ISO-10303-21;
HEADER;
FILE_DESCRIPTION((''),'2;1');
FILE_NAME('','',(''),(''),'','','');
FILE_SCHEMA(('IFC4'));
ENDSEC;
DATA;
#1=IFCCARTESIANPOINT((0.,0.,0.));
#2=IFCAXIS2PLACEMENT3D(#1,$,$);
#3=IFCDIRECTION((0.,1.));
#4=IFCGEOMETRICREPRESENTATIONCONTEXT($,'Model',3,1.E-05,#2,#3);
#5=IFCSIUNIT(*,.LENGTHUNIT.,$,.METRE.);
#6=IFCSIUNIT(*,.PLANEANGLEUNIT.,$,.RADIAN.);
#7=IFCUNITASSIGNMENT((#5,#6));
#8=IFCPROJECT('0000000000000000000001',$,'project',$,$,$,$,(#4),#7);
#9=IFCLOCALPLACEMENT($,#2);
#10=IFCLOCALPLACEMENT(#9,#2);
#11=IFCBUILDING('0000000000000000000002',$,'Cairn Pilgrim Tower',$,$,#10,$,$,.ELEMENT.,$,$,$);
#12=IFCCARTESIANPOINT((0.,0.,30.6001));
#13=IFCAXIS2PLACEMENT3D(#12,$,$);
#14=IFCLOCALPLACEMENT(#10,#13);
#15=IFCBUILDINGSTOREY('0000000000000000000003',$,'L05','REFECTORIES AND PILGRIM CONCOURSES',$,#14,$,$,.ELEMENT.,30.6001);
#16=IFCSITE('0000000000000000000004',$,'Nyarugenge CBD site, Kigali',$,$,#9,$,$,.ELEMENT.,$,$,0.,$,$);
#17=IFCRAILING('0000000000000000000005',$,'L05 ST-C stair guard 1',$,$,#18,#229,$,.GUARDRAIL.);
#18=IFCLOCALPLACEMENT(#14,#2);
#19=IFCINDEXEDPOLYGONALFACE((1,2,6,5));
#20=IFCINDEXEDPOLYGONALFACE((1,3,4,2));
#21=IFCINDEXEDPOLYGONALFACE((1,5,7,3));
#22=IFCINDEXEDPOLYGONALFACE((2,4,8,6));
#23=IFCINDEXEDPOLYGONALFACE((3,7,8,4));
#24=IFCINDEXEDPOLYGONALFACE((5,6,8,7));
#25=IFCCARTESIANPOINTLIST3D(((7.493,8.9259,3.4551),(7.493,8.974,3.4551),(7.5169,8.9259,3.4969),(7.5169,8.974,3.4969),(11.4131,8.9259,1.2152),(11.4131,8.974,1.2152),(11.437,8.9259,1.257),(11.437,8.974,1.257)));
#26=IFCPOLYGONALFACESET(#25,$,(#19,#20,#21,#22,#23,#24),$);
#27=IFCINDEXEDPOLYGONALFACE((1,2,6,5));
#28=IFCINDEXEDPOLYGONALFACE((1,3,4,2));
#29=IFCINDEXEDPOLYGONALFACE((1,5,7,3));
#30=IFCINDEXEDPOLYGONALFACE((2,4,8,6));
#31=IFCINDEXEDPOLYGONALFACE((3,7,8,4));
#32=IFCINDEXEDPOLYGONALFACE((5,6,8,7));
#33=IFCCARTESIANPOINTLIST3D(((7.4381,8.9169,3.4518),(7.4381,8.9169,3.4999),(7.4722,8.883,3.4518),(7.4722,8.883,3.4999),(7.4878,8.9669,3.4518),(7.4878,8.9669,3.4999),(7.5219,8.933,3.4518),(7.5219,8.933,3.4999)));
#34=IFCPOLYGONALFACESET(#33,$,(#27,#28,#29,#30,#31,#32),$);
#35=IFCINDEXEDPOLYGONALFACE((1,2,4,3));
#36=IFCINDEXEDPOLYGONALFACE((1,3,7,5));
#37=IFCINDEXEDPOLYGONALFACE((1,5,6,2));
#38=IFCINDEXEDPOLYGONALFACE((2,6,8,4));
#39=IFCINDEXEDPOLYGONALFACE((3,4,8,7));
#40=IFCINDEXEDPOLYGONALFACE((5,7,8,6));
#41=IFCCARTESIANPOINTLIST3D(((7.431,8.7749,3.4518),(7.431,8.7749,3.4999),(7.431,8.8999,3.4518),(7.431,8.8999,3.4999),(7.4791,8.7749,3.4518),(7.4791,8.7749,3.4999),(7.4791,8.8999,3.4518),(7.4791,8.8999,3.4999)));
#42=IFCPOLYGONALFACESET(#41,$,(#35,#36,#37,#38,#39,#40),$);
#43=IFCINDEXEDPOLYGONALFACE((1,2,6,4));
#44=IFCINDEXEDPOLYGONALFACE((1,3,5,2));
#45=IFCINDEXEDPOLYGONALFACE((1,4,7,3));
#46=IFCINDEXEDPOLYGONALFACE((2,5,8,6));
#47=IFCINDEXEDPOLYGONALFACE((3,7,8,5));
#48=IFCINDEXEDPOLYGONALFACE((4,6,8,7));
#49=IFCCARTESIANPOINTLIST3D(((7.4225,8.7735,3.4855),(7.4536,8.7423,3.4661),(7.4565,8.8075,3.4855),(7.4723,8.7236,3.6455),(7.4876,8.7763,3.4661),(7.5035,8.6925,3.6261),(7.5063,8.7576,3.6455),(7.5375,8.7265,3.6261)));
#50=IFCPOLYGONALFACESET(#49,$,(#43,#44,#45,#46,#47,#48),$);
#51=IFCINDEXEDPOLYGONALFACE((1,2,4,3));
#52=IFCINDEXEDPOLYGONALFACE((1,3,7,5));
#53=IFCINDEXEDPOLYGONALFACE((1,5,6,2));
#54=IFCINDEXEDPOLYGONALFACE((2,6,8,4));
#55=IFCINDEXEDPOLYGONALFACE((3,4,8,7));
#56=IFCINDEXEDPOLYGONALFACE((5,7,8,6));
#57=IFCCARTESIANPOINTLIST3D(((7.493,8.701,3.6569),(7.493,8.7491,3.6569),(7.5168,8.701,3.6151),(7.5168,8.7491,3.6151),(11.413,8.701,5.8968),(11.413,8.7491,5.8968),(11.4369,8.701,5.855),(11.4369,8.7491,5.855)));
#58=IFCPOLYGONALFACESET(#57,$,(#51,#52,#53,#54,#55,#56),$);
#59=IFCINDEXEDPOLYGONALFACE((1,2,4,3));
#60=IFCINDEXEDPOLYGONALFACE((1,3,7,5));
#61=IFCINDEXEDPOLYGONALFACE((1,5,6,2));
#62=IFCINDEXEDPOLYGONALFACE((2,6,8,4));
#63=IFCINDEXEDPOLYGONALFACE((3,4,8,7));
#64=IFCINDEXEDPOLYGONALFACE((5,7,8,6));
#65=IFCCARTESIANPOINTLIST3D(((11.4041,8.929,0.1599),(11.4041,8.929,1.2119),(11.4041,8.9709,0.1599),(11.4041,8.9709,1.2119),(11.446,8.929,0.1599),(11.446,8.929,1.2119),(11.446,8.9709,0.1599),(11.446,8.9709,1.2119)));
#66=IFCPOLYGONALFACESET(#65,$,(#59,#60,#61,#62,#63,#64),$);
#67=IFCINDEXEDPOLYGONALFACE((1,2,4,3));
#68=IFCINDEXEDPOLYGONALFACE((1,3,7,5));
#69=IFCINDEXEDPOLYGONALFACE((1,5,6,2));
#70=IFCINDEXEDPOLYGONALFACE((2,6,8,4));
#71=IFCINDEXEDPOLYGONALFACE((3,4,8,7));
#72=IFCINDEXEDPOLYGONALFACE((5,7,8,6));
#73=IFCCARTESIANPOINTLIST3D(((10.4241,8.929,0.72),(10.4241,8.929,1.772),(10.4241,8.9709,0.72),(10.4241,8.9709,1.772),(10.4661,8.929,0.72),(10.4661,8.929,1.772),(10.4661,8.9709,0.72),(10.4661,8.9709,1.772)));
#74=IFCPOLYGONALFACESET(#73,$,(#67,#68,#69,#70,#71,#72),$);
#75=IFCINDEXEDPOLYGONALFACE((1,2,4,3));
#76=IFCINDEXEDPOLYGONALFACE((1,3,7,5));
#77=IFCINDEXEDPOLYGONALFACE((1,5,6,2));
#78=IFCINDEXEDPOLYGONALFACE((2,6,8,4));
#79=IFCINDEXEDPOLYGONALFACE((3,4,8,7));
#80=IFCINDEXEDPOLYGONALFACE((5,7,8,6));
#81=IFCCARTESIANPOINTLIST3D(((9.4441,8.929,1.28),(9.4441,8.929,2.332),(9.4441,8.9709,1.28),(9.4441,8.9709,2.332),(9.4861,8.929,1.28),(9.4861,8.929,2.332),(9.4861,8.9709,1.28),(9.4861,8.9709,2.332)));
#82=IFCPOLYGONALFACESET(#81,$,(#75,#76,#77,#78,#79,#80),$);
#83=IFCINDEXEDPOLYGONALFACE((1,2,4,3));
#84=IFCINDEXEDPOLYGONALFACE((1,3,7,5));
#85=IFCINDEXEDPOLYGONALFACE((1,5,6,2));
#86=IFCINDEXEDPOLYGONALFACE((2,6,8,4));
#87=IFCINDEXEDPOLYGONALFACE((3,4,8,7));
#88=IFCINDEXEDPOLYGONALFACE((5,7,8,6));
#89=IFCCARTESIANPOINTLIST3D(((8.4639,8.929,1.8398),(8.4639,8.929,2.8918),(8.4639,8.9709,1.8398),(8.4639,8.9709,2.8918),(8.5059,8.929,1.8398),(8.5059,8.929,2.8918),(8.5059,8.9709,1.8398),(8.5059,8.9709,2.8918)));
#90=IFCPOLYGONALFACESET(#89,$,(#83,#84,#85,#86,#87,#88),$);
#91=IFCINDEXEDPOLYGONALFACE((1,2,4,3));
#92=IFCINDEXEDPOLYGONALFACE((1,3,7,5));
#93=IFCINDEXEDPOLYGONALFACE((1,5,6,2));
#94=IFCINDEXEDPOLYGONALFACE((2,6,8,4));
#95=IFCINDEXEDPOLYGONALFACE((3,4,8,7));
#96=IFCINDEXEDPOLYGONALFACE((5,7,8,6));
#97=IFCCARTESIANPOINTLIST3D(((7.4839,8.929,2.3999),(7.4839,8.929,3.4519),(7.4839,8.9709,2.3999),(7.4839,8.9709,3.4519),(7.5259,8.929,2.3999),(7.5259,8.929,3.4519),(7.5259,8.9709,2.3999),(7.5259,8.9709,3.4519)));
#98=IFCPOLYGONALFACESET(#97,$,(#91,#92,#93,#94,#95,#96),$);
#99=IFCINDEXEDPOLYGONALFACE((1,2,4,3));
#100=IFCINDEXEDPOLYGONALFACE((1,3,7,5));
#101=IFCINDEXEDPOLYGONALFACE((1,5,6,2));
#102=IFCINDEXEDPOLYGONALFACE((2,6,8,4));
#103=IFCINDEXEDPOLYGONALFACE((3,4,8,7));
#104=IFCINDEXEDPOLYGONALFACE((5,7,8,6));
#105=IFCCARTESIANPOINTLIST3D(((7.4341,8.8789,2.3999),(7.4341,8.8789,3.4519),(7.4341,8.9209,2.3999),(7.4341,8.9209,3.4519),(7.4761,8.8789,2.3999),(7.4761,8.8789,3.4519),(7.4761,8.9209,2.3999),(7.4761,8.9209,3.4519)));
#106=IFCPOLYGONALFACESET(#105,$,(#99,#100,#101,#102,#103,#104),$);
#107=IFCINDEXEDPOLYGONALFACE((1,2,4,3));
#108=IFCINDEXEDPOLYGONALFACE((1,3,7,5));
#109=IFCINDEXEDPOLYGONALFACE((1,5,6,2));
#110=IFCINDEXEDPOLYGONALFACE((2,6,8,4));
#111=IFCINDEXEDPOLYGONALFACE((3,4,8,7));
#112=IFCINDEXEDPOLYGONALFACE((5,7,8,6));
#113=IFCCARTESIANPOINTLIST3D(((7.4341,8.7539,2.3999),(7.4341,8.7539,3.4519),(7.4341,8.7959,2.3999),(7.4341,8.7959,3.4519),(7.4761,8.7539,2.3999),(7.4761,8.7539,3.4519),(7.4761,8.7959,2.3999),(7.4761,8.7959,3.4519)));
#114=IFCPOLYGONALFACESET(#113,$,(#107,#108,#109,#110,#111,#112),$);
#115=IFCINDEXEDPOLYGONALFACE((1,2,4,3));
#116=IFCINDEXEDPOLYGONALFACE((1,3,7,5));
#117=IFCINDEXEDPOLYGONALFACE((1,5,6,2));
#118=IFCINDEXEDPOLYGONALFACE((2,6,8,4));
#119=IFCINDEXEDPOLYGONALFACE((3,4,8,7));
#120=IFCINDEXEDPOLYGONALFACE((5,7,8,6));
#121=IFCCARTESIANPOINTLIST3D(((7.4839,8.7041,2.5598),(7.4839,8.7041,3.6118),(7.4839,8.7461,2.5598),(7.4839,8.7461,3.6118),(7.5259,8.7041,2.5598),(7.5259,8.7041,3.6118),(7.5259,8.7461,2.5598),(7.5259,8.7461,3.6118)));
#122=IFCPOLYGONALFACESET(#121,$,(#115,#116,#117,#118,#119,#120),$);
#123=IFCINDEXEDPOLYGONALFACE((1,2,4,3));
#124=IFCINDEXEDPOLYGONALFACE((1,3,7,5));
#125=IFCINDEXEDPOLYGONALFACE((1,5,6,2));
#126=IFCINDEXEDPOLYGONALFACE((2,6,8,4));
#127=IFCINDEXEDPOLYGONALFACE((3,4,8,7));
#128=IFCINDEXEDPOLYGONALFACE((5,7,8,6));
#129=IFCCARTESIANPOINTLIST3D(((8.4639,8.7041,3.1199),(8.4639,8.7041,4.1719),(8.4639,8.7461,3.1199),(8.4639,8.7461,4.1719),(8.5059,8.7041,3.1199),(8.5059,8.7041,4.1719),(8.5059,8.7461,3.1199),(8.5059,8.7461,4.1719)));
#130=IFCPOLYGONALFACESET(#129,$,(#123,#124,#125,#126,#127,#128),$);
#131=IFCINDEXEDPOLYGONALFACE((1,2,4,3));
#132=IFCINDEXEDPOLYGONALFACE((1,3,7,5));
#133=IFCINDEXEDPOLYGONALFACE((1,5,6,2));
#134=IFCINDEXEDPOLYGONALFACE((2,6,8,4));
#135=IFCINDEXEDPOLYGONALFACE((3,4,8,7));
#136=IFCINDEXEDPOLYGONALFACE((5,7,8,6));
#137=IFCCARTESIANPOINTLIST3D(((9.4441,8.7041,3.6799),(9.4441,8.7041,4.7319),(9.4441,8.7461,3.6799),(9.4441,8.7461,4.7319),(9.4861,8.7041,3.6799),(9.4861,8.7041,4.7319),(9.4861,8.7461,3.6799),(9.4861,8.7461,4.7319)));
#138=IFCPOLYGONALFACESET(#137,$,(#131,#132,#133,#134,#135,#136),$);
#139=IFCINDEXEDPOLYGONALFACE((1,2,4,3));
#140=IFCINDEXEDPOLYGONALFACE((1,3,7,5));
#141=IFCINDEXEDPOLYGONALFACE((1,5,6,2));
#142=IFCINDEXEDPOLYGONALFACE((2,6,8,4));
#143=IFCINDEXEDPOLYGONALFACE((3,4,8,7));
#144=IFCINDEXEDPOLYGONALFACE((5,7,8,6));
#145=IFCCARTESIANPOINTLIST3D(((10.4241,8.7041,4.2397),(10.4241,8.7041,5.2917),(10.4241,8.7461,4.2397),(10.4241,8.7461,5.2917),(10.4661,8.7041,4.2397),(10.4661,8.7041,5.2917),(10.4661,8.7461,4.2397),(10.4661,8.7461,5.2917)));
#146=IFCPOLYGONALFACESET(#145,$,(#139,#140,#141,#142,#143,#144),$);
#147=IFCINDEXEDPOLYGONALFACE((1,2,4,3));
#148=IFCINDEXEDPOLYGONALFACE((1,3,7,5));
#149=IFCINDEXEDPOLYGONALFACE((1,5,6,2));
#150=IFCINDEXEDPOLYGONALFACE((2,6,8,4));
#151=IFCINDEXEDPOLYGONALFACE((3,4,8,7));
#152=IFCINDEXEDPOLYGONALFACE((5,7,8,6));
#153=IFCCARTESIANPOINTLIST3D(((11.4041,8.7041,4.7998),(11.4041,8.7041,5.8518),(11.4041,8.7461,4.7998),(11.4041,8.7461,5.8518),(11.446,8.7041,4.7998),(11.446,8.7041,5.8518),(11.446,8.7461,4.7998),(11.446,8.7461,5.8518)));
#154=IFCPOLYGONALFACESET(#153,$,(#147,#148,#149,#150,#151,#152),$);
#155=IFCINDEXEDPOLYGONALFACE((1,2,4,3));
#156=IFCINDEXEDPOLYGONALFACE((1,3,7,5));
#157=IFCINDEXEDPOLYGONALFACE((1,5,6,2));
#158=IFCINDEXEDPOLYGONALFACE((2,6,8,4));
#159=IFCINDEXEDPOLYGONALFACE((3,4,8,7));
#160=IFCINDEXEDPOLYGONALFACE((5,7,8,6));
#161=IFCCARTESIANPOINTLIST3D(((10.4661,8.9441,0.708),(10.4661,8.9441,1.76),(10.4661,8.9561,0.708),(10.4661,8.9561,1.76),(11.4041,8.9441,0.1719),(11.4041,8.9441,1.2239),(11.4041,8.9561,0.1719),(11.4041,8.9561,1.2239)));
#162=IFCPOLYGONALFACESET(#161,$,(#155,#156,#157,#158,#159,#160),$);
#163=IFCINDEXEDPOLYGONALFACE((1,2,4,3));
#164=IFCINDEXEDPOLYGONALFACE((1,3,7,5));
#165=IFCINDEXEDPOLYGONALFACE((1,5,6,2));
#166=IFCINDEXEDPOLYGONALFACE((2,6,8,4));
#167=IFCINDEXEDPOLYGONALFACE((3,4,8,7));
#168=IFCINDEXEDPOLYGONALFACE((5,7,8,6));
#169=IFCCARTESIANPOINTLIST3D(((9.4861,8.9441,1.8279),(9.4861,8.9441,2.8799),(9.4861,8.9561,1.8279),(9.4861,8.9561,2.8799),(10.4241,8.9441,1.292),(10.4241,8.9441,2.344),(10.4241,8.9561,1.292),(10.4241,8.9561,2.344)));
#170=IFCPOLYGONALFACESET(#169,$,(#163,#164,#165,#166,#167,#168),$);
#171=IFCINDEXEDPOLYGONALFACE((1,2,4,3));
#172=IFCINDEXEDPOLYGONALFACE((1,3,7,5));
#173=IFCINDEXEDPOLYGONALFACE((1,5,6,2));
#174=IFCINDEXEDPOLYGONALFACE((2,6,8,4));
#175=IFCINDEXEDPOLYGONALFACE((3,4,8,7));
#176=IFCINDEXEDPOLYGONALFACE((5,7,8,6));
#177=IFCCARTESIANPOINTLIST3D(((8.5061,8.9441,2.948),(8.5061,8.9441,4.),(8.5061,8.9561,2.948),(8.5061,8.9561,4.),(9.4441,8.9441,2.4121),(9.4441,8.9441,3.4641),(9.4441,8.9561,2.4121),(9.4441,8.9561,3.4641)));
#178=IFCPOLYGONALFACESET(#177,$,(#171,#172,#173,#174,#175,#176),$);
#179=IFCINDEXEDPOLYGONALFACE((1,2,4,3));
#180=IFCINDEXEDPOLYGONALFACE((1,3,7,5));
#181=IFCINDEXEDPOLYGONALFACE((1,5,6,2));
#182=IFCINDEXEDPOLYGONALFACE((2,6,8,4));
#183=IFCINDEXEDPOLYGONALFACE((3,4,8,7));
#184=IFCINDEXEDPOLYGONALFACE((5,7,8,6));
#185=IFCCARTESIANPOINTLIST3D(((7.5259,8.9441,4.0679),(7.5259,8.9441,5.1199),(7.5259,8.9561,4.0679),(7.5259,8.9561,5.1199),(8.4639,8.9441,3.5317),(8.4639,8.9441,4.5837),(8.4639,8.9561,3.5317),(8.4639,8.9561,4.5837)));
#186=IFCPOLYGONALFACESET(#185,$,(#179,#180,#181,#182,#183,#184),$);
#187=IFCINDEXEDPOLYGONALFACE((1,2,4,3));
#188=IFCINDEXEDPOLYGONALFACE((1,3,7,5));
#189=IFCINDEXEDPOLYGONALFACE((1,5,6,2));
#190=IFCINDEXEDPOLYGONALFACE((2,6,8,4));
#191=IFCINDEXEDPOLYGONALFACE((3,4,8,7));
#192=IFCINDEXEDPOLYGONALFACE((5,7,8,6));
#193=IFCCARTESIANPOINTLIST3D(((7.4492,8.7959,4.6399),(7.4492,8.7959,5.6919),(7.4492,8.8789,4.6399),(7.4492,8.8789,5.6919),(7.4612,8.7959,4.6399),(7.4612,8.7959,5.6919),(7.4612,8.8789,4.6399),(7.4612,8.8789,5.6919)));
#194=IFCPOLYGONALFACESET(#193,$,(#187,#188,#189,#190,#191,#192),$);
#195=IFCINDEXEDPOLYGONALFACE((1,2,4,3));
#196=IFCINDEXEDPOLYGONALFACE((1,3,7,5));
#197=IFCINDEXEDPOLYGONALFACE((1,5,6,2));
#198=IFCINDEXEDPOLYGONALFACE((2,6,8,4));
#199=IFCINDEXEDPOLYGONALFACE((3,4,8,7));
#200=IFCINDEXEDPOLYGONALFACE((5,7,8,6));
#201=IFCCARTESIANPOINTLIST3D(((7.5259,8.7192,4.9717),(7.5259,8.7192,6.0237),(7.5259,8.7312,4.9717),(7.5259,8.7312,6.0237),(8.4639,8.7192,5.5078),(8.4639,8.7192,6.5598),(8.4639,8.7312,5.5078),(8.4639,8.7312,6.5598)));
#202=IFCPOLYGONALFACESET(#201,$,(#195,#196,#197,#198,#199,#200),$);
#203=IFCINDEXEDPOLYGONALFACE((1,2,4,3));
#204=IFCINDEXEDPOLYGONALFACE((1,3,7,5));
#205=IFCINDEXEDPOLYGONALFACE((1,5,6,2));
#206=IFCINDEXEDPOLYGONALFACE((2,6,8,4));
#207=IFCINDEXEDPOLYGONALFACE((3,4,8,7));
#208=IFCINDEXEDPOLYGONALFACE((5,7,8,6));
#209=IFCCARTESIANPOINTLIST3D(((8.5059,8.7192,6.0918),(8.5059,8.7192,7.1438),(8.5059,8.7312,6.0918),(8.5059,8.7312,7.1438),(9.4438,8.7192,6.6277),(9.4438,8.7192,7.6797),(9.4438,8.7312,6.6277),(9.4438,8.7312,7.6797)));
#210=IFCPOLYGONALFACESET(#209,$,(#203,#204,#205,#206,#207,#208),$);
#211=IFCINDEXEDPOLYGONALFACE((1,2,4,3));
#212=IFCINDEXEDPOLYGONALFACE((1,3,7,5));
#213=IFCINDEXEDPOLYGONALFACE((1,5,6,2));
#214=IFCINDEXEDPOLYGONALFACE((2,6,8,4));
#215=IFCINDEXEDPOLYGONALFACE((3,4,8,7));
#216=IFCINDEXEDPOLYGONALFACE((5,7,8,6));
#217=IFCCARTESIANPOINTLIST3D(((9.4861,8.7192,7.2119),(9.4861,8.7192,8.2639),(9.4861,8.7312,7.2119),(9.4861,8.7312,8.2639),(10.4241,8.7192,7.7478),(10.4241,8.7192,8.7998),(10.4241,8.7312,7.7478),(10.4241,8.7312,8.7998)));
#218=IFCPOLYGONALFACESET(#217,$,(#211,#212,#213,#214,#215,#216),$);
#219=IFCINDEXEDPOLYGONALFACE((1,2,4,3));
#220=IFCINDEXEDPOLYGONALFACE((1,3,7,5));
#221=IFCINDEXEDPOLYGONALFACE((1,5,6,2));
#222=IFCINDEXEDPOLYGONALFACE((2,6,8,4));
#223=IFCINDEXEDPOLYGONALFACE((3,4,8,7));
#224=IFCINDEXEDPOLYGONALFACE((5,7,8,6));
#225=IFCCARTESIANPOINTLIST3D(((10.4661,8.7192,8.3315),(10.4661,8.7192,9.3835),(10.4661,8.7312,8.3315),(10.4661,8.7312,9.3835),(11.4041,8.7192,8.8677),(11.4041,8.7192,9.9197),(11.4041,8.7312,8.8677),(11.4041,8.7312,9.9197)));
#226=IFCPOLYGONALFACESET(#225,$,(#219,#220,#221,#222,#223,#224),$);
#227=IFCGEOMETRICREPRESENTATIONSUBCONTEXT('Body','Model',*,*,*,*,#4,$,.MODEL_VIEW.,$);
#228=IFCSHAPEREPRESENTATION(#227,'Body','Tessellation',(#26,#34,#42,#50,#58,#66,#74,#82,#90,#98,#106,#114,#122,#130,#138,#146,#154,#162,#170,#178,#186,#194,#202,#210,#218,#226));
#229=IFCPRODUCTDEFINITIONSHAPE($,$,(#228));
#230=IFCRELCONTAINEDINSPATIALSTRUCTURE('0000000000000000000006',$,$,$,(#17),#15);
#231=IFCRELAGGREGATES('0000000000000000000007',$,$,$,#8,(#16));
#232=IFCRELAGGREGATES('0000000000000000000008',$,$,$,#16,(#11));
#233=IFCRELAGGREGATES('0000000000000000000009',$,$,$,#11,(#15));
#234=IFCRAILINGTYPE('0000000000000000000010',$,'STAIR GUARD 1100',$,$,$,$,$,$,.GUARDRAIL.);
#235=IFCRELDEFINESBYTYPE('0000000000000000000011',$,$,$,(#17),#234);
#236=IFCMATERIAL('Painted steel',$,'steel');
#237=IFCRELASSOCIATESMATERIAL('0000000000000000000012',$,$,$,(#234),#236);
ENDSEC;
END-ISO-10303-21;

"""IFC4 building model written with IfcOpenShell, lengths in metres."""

from ifc_helpers import new_model, si_unit, direction, frame, origin, origin_2d, place, context, subcontext, project, spatial, polyline, rectangle, outline, extrude, material, type_object, element, save


model = new_model("IFC4")

# Units and contexts
model_context = context("Model", 3, precision=1e-05, world=origin(), true_north=direction((0.0, 1.0)))
body_context = subcontext(model_context, "Body", "Model", "MODEL_VIEW")
ifc_project = project(units=[si_unit("LENGTHUNIT", "METRE"), si_unit("PLANEANGLEUNIT", "RADIAN")], contexts=[model_context])

# Site, building, storey
site_placement = place(None, origin())
site = spatial("IfcSite", under=ifc_project, at=site_placement, Name="Nyarugenge CBD site, Kigali", CompositionType="ELEMENT", RefElevation=0.0)
building_placement = place(site_placement, origin())
building = spatial("IfcBuilding", under=site, at=building_placement, Name="Cairn Pilgrim Tower", CompositionType="ELEMENT")
storey_placement = place(building_placement, frame((0.0, 0.0, 30.6001)))
storey = spatial("IfcBuildingStorey", under=building, at=storey_placement, Name="L05", Description="REFECTORIES AND PILGRIM CONCOURSES", CompositionType="ELEMENT", Elevation=30.6001)

# Shared definitions
ifc_material_1 = material(Name="Painted steel", Category="steel")

# Railing
railing_type_1 = type_object("IfcRailingType", Name="STAIR GUARD 1100", PredefinedType="GUARDRAIL", material=ifc_material_1)
railing_1_placement = place(storey_placement, frame((11.425, 8.95, 0.1599)))
element("IfcRailing", 1, at=railing_1_placement, inside=storey, type_object=railing_type_1, Name="L05 ST-C stair guard 1", PredefinedType="GUARDRAIL", context=body_context, shape_type="SweptSolid", body=[
    extrude(rectangle(XDim=0.0481, YDim=0.0481, at=origin_2d()), frame((0.0, 0.0, 1.0762), z_axis=(-0.868253, 0.0, 0.496121), x_axis=(0.0, -1.0, 0.0)), (0.0, 0.0, 1.0), 4.5149),
    extrude(rectangle(XDim=0.0481, YDim=0.0481, at=origin_2d()), frame((-3.9202, 0.0, 3.3159), z_axis=(-0.705376, -0.708834, 0.0), x_axis=(0.708834, -0.705376, 0.0)), (0.0, 0.0, 1.0), 0.0706),
    extrude(rectangle(XDim=0.0481, YDim=0.0481, at=origin_2d()), frame((-3.97, -0.05, 3.3159), z_axis=(0.0, -1.0, 0.0), x_axis=(1.0, 0.0, 0.0)), (0.0, 0.0, 1.0), 0.125),
    extrude(rectangle(XDim=0.0481, YDim=0.0481, at=origin_2d()), frame((-3.97, -0.175, 3.3159), z_axis=(0.285027, -0.285027, 0.915161), x_axis=(0.707107, 0.707107, 0.0)), (0.0, 0.0, 1.0), 0.1748),
    extrude(rectangle(XDim=0.0481, YDim=0.0481, at=origin_2d()), frame((-3.9202, -0.2249, 3.4761), z_axis=(0.868253, 0.0, 0.496121), x_axis=(0.0, 1.0, 0.0)), (0.0, 0.0, 1.0), 4.5149),
    extrude(rectangle(XDim=0.042, YDim=0.042, at=origin_2d()), origin(), (0.0, 0.0, 1.0), 1.052),
    extrude(rectangle(XDim=0.042, YDim=0.042, at=origin_2d()), frame((-0.98, 0.0, 0.5601)), (0.0, 0.0, 1.0), 1.052),
    extrude(rectangle(XDim=0.042, YDim=0.042, at=origin_2d()), frame((-1.96, 0.0, 1.1201)), (0.0, 0.0, 1.0), 1.052),
    extrude(rectangle(XDim=0.042, YDim=0.042, at=origin_2d()), frame((-2.9402, 0.0, 1.6799)), (0.0, 0.0, 1.0), 1.052),
    extrude(rectangle(XDim=0.042, YDim=0.042, at=origin_2d()), frame((-3.9202, 0.0, 2.24)), (0.0, 0.0, 1.0), 1.052),
    extrude(rectangle(XDim=0.042, YDim=0.042, at=origin_2d()), frame((-3.97, -0.05, 2.24)), (0.0, 0.0, 1.0), 1.052),
    extrude(rectangle(XDim=0.042, YDim=0.042, at=origin_2d()), frame((-3.97, -0.175, 2.24)), (0.0, 0.0, 1.0), 1.052),
    extrude(rectangle(XDim=0.042, YDim=0.042, at=origin_2d()), frame((-3.9202, -0.2249, 2.3999)), (0.0, 0.0, 1.0), 1.052),
    extrude(rectangle(XDim=0.042, YDim=0.042, at=origin_2d()), frame((-2.9402, -0.2249, 2.96)), (0.0, 0.0, 1.0), 1.052),
    extrude(rectangle(XDim=0.042, YDim=0.042, at=origin_2d()), frame((-1.96, -0.2249, 3.52)), (0.0, 0.0, 1.0), 1.052),
    extrude(rectangle(XDim=0.042, YDim=0.042, at=origin_2d()), frame((-0.98, -0.2249, 4.0798)), (0.0, 0.0, 1.0), 1.052),
    extrude(rectangle(XDim=0.042, YDim=0.042, at=origin_2d()), frame((0.0, -0.2249, 4.6399)), (0.0, 0.0, 1.0), 1.052),
    extrude(outline(polyline([(0.021, 0.012), (0.959, 0.5481), (0.959, 1.6001), (0.021, 1.064), (0.021, 0.012)])), frame((0.0, -0.0059, 0.0), z_axis=(0.0, 1.0, 0.0), x_axis=(-1.0, 0.0, 0.0)), (0.0, 0.0, 1.0), 0.012),
    extrude(outline(polyline([(0.021, 0.572), (0.959, 1.1079), (0.959, 2.1599), (0.021, 1.624), (0.021, 0.572)])), frame((-0.98, -0.0059, 0.5601), z_axis=(0.0, 1.0, 0.0), x_axis=(-1.0, 0.0, 0.0)), (0.0, 0.0, 1.0), 0.012),
    extrude(outline(polyline([(0.021, 1.1321), (0.959, 1.668), (0.959, 2.72), (0.021, 2.1841), (0.021, 1.1321)])), frame((-1.96, -0.0059, 1.1201), z_axis=(0.0, 1.0, 0.0), x_axis=(-1.0, 0.0, 0.0)), (0.0, 0.0, 1.0), 0.012),
    extrude(outline(polyline([(0.021, 1.6919), (0.959, 2.228), (0.959, 3.28), (0.021, 2.7439), (0.021, 1.6919)])), frame((-2.9402, -0.0059, 1.6799), z_axis=(0.0, 1.0, 0.0), x_axis=(-1.0, 0.0, 0.0)), (0.0, 0.0, 1.0), 0.012),
    extrude(outline(polyline([(0.021, 2.24), (0.104, 2.24), (0.104, 3.292), (0.021, 3.292), (0.021, 2.24)])), frame((-3.9639, -0.05, 2.24), z_axis=(-1.0, 0.0, 0.0), x_axis=(0.0, -1.0, 0.0)), (0.0, 0.0, 1.0), 0.012),
    extrude(outline(polyline([(0.021, 2.4119), (0.959, 2.948), (0.959, 4.0), (0.021, 3.4639), (0.021, 2.4119)])), frame((-3.9202, -0.2188, 2.3999), z_axis=(0.0, -1.0, 0.0), x_axis=(1.0, 0.0, 0.0)), (0.0, 0.0, 1.0), 0.012),
    extrude(outline(polyline([(0.021, 2.9719), (0.959, 3.5078), (0.959, 4.5598), (0.021, 4.0239), (0.021, 2.9719)])), frame((-2.9402, -0.2188, 2.96), z_axis=(0.0, -1.0, 0.0), x_axis=(1.0, 0.0, 0.0)), (0.0, 0.0, 1.0), 0.012),
    extrude(outline(polyline([(0.021, 3.532), (0.959, 4.0679), (0.959, 5.1199), (0.021, 4.584), (0.021, 3.532)])), frame((-1.96, -0.2188, 3.52), z_axis=(0.0, -1.0, 0.0), x_axis=(1.0, 0.0, 0.0)), (0.0, 0.0, 1.0), 0.012),
    extrude(outline(polyline([(0.021, 4.0918), (0.959, 4.6279), (0.959, 5.6799), (0.021, 5.1438), (0.021, 4.0918)])), frame((-0.98, -0.2188, 4.0798), z_axis=(0.0, -1.0, 0.0), x_axis=(1.0, 0.0, 0.0)), (0.0, 0.0, 1.0), 0.012),
])

save(model, "model.ifc")
